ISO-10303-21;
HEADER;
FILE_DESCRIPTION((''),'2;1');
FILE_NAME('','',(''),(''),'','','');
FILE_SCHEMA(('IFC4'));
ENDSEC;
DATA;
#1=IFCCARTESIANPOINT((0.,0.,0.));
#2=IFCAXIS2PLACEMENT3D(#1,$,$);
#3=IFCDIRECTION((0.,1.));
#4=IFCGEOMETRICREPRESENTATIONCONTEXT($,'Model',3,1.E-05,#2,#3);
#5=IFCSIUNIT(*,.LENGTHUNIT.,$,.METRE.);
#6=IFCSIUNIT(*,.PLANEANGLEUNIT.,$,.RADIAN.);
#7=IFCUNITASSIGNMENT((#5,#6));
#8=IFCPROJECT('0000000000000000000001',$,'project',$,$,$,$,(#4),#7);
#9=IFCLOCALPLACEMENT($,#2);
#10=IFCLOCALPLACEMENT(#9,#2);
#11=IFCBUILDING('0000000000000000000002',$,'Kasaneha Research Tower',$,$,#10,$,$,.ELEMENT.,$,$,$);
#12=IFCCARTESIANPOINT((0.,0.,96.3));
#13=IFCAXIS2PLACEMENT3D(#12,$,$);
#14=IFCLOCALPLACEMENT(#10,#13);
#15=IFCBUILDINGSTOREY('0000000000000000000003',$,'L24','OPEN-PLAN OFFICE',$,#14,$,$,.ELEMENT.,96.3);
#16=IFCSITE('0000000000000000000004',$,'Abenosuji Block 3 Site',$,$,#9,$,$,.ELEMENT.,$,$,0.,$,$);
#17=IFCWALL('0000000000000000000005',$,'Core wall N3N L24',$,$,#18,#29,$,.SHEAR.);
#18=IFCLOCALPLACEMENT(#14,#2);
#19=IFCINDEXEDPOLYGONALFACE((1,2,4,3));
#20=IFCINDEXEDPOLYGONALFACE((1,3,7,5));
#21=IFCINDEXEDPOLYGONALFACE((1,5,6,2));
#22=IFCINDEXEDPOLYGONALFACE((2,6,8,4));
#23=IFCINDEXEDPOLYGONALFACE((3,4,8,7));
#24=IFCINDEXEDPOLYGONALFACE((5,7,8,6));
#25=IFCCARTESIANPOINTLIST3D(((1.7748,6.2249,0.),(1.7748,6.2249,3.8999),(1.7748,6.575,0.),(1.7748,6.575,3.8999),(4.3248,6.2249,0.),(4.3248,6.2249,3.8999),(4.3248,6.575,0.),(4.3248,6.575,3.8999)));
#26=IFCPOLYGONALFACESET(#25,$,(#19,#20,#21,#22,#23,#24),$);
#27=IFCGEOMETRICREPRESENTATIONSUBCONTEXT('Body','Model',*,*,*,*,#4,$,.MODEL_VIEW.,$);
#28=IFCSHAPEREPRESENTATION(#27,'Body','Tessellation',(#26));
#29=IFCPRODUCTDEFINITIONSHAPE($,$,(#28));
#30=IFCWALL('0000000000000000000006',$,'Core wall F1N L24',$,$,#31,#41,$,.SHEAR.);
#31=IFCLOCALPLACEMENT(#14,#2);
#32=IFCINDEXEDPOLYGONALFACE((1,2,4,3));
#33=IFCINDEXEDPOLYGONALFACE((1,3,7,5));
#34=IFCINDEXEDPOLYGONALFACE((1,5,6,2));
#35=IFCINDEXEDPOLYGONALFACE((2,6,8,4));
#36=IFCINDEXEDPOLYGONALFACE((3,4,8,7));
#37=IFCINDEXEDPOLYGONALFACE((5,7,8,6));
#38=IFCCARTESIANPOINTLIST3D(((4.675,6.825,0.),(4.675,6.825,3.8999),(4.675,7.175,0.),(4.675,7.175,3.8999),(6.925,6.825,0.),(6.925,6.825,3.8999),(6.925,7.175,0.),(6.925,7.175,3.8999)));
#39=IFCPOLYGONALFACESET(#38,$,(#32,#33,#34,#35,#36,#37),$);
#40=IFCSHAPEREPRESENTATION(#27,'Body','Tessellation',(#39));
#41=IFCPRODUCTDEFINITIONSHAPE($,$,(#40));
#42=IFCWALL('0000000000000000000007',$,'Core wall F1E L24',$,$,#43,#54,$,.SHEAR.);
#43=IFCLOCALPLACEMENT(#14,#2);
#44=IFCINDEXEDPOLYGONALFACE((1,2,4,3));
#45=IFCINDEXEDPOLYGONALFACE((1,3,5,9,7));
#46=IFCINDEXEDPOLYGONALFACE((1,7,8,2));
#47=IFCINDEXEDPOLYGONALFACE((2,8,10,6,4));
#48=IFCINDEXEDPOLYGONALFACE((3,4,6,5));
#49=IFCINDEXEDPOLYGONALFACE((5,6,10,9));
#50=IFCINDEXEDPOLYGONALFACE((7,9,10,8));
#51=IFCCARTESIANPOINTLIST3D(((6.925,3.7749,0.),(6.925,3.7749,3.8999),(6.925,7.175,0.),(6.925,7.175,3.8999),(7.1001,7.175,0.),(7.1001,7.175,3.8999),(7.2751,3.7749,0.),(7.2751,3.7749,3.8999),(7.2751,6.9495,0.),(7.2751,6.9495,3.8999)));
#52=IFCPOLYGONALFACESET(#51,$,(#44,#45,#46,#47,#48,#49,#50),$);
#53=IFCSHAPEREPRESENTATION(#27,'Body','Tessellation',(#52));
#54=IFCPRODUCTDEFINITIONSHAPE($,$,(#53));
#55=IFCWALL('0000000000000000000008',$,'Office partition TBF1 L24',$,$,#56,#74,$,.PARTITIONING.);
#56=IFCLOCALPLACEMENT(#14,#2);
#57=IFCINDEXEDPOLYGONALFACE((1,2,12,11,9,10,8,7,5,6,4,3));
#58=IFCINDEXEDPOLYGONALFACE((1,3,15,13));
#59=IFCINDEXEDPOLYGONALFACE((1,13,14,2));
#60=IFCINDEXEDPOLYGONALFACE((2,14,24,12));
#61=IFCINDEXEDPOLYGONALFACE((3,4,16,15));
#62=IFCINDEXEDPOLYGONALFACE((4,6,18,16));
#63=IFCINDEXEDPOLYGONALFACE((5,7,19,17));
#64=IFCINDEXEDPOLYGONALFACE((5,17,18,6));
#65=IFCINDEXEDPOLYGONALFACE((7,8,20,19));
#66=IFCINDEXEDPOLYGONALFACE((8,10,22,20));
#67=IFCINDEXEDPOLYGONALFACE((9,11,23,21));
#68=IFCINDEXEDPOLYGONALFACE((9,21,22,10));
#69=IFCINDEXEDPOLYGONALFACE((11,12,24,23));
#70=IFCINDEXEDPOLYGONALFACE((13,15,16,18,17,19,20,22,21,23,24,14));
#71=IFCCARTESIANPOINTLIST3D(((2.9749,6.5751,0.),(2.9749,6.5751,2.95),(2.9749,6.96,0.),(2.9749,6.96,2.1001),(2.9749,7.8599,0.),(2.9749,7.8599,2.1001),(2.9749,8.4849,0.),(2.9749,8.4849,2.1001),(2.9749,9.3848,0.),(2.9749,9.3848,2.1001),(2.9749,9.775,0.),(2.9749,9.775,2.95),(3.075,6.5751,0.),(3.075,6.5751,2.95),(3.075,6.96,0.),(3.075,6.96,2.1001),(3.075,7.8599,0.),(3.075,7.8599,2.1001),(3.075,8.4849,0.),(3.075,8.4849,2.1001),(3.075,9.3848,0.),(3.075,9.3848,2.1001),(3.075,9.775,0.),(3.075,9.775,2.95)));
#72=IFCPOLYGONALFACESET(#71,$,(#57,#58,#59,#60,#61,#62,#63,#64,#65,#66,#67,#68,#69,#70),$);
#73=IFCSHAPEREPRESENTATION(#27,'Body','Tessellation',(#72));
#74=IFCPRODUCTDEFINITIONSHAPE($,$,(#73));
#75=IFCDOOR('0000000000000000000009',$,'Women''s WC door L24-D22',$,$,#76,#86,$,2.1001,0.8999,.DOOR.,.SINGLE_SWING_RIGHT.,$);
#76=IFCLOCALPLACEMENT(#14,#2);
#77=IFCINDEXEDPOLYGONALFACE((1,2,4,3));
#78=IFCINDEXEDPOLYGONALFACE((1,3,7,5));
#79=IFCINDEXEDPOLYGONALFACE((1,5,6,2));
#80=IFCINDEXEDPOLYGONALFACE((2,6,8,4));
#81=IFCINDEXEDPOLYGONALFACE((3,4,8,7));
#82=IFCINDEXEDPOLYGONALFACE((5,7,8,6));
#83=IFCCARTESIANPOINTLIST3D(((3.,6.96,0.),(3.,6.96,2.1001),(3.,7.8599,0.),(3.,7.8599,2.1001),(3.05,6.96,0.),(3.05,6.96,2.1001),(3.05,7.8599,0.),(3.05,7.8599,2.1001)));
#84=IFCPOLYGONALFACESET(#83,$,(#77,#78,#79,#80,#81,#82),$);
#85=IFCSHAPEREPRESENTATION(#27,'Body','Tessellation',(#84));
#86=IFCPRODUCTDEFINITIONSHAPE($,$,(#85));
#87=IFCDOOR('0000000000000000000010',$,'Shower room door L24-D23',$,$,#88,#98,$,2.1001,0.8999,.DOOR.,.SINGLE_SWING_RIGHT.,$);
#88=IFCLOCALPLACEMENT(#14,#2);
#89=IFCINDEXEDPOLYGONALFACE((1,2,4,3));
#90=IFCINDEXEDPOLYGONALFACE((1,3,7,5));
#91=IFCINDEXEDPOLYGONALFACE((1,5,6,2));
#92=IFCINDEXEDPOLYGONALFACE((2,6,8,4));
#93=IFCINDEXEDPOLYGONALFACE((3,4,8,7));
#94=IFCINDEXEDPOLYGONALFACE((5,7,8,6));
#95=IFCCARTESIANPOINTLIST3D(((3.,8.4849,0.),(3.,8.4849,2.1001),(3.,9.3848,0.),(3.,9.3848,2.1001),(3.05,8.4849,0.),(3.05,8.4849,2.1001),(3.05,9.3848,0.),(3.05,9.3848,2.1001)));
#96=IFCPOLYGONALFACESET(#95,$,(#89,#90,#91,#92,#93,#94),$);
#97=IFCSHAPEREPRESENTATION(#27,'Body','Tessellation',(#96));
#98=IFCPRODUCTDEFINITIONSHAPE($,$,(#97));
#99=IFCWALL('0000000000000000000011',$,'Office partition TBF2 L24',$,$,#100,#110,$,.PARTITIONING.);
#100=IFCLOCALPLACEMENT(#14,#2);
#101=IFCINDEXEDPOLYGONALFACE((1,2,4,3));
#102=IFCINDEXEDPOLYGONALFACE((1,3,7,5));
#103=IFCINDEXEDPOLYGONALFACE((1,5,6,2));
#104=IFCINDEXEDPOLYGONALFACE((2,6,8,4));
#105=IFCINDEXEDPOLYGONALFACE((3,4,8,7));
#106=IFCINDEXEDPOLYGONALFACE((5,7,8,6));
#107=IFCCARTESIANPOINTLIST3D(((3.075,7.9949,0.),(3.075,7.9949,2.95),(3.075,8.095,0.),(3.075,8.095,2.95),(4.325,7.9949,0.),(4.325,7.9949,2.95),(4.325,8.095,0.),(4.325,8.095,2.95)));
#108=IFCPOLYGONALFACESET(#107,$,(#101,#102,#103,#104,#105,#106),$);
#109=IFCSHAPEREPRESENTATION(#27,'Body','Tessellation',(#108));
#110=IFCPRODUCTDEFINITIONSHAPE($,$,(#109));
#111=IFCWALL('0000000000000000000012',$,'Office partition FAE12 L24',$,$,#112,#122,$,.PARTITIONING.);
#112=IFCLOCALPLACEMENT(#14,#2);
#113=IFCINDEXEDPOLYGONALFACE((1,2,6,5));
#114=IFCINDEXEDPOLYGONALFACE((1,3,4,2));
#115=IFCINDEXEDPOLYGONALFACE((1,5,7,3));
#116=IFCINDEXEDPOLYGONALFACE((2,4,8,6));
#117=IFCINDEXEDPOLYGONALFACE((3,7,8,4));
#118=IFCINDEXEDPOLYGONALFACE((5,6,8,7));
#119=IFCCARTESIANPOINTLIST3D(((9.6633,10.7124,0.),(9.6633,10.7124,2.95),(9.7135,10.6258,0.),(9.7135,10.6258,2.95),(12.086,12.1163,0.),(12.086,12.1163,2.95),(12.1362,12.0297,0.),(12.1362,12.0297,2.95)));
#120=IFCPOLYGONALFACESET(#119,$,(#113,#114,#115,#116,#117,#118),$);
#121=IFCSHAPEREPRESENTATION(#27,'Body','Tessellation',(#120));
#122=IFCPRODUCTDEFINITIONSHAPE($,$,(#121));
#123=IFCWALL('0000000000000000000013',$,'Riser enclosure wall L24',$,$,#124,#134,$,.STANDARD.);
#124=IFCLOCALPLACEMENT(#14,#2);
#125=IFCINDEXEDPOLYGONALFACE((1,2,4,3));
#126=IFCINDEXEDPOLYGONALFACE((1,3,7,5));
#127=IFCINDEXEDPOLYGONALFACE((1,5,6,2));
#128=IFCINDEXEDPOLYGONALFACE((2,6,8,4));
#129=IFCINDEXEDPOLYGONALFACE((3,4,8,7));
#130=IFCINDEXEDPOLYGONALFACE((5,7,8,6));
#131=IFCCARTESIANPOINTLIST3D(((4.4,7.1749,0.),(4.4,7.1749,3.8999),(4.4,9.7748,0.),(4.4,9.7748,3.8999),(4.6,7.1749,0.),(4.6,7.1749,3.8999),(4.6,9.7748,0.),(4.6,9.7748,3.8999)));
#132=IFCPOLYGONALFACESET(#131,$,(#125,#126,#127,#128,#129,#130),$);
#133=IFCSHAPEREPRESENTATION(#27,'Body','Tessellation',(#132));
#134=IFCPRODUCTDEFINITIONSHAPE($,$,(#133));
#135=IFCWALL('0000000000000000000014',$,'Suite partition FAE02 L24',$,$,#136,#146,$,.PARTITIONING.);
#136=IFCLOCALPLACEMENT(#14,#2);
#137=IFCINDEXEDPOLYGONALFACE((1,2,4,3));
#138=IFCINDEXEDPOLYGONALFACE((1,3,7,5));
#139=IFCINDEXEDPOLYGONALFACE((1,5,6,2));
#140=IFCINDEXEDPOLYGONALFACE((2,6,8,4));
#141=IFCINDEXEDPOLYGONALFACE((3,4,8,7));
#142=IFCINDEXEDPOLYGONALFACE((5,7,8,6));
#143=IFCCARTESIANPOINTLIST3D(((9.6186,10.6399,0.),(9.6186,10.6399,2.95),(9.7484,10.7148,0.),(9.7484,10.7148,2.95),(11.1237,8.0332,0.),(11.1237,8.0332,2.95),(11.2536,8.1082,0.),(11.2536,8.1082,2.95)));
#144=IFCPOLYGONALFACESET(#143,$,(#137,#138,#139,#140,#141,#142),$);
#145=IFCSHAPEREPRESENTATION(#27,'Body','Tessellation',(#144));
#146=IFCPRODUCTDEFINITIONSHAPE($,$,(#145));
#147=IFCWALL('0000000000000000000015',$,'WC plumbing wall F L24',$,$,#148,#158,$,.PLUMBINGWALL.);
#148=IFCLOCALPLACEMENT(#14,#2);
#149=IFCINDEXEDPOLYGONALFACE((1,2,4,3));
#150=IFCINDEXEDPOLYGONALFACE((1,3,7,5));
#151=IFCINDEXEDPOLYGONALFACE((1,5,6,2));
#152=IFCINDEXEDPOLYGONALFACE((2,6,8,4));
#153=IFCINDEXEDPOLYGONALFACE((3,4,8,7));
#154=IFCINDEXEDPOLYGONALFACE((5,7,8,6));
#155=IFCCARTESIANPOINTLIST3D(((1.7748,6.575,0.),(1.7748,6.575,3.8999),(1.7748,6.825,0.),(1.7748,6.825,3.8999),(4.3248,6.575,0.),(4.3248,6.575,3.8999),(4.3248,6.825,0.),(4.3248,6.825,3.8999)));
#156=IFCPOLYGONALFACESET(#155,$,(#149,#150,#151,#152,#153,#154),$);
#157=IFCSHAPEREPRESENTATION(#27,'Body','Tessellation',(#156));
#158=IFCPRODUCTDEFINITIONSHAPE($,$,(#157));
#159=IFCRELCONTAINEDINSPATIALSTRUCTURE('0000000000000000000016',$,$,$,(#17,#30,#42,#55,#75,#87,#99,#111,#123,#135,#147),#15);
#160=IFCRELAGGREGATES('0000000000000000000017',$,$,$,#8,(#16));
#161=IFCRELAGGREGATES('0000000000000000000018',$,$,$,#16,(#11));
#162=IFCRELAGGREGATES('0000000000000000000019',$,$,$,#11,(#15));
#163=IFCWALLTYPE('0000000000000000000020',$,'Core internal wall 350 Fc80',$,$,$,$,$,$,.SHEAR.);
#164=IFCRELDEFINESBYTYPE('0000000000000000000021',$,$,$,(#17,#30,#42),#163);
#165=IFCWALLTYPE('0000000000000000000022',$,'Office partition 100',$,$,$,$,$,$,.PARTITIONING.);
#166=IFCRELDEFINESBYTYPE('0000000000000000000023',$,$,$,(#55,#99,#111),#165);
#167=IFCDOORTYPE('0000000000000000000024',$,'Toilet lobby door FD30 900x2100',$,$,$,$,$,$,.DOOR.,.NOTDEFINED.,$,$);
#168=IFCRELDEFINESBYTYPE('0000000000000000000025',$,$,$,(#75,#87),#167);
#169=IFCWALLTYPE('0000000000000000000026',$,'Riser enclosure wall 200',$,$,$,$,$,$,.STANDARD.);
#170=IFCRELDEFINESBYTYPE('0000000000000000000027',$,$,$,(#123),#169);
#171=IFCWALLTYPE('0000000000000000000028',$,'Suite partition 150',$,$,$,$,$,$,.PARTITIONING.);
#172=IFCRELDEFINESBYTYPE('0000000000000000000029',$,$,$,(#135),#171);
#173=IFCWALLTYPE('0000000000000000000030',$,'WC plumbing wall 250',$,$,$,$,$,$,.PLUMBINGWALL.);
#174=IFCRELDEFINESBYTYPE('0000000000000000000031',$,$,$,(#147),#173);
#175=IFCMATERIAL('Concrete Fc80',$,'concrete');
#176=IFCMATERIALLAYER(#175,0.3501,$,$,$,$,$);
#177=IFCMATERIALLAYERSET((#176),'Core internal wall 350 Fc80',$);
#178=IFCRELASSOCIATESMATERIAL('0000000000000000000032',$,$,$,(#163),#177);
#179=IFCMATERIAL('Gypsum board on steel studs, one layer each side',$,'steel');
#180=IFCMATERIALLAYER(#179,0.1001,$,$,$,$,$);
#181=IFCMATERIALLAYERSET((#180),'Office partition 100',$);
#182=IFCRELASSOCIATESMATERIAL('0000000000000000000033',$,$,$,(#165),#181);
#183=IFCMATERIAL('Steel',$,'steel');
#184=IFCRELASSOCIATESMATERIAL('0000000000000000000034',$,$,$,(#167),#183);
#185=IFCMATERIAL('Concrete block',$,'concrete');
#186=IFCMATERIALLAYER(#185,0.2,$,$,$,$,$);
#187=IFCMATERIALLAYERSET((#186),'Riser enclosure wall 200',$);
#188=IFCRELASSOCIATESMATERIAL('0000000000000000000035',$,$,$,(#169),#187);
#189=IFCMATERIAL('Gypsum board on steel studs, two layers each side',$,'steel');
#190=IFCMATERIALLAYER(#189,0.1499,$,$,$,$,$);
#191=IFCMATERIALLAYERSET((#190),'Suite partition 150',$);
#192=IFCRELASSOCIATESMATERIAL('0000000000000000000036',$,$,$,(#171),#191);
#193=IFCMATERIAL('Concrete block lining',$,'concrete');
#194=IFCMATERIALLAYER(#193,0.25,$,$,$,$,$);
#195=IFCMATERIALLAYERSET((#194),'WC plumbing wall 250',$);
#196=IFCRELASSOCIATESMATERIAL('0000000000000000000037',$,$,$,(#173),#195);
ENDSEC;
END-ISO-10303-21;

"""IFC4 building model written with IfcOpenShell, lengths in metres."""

from ifc_helpers import new_model, si_unit, direction, frame, frame_2d, origin, place, context, subcontext, project, spatial, polyline, rectangle, outline, extrude, material, layer, layer_set, type_object, element, fill, save


model = new_model("IFC4")

# Units and contexts
model_context = context("Model", 3, precision=1e-05, world=origin(), true_north=direction((0.0, 1.0)))
body_context = subcontext(model_context, "Body", "Model", "MODEL_VIEW")
ifc_project = project(units=[si_unit("LENGTHUNIT", "METRE"), si_unit("PLANEANGLEUNIT", "RADIAN")], contexts=[model_context])

# Site, building, storey
site_placement = place(None, origin())
site = spatial("IfcSite", under=ifc_project, at=site_placement, Name="Abenosuji Block 3 Site", CompositionType="ELEMENT", RefElevation=0.0)
building_placement = place(site_placement, origin())
building = spatial("IfcBuilding", under=site, at=building_placement, Name="Kasaneha Research Tower", CompositionType="ELEMENT")
storey_placement = place(building_placement, frame((0.0, 0.0, 96.3)))
storey = spatial("IfcBuildingStorey", under=building, at=storey_placement, Name="L24", Description="OPEN-PLAN OFFICE", CompositionType="ELEMENT", Elevation=96.3)

# Shared definitions
ifc_material_1 = material(Name="Concrete Fc80", Category="concrete")
ifc_layer_1 = layer(ifc_material_1, 0.3501)
ifc_layer_set_1 = layer_set([ifc_layer_1], Name="Core internal wall 350 Fc80")
wall_type_1 = type_object("IfcWallType", Name="Core internal wall 350 Fc80", PredefinedType="SHEAR", material=ifc_layer_set_1)

# Walls
wall_1_placement = place(storey_placement, frame((1.7749, 6.3999, 0.0), z_axis=(0.0, 0.0, 1.0), x_axis=(1.0, 0.0, 0.0)))
element("IfcWall", 1, at=wall_1_placement, inside=storey, type_object=wall_type_1, Name="Core wall N3N L24", PredefinedType="SHEAR", context=body_context, shape_type="SweptSolid", body=[
    extrude(rectangle(XDim=2.55, YDim=0.3501, at=frame_2d((1.2749, 0.0))), origin(), (0.0, 0.0, 1.0), 3.8999),
])
wall_2_placement = place(storey_placement, frame((4.675, 7.0, 0.0), z_axis=(0.0, 0.0, 1.0), x_axis=(1.0, 0.0, 0.0)))
element("IfcWall", 2, at=wall_2_placement, inside=storey, type_object=wall_type_1, Name="Core wall F1N L24", PredefinedType="SHEAR", context=body_context, shape_type="SweptSolid", body=[
    extrude(rectangle(XDim=2.25, YDim=0.3501, at=frame_2d((1.125, 0.0))), origin(), (0.0, 0.0, 1.0), 3.8999),
])
wall_3_placement = place(storey_placement, frame((7.1001, 3.7749, 0.0), z_axis=(0.0, 0.0, 1.0), x_axis=(0.0, 1.0, 0.0)))
element("IfcWall", 3, at=wall_3_placement, inside=storey, type_object=wall_type_1, Name="Core wall F1E L24", PredefinedType="SHEAR", context=body_context, shape_type="SweptSolid", body=[
    extrude(outline(polyline([(0.0, -0.175), (3.1746, -0.175), (3.4001, 0.0), (3.4001, 0.175), (0.0, 0.175), (0.0, -0.175)])), origin(), (0.0, 0.0, 1.0), 3.8999),
])

# Wall, openings, doors
ifc_material_2 = material(Name="Gypsum board on steel studs, one layer each side", Category="steel")
ifc_layer_2 = layer(ifc_material_2, 0.1001)
ifc_layer_set_2 = layer_set([ifc_layer_2], Name="Office partition 100")
wall_type_2 = type_object("IfcWallType", Name="Office partition 100", PredefinedType="PARTITIONING", material=ifc_layer_set_2)
wall_4_placement = place(storey_placement, frame((3.0249, 6.575, 0.0), z_axis=(0.0, 0.0, 1.0), x_axis=(0.0, 1.0, 0.0)))
wall_4 = element("IfcWall", 4, at=wall_4_placement, inside=storey, type_object=wall_type_2, Name="Office partition TBF1 L24", PredefinedType="PARTITIONING", context=body_context, shape_type="SweptSolid", body=[
    extrude(rectangle(XDim=3.2, YDim=0.1001, at=frame_2d((1.6001, 0.0))), origin(), (0.0, 0.0, 1.0), 2.95),
])
opening_1_placement = place(wall_4_placement, frame((0.385, 0.0, 0.0)))
opening_1 = element("IfcOpeningElement", 5, at=opening_1_placement, cuts=wall_4, PredefinedType="OPENING", context=body_context, shape_type="SweptSolid", body=[
    extrude(rectangle(XDim=0.8999, YDim=2.1001, at=frame_2d((0.45, 1.05))), frame((0.0, 0.0601, 0.0), z_axis=(0.0, -1.0, 0.0), x_axis=(1.0, 0.0, 0.0)), (0.0, 0.0, 1.0), 0.1201),
])
opening_2_placement = place(wall_4_placement, frame((1.9099, 0.0, 0.0)))
opening_2 = element("IfcOpeningElement", 6, at=opening_2_placement, cuts=wall_4, PredefinedType="OPENING", context=body_context, shape_type="SweptSolid", body=[
    extrude(rectangle(XDim=0.8999, YDim=2.1001, at=frame_2d((0.45, 1.05))), frame((0.0, 0.0601, 0.0), z_axis=(0.0, -1.0, 0.0), x_axis=(1.0, 0.0, 0.0)), (0.0, 0.0, 1.0), 0.1201),
])
ifc_material_3 = material(Name="Steel", Category="steel")
door_type_1 = type_object("IfcDoorType", Name="Toilet lobby door FD30 900x2100", OperationType="NOTDEFINED", PredefinedType="DOOR", material=ifc_material_3)
door_1_placement = place(opening_1_placement, origin())
door_1 = element("IfcDoor", 7, at=door_1_placement, inside=storey, type_object=door_type_1, Name="Women's WC door L24-D22", OperationType="SINGLE_SWING_RIGHT", OverallHeight=2.1001, OverallWidth=0.8999, PredefinedType="DOOR", context=body_context, shape_type="SweptSolid", body=[
    extrude(rectangle(XDim=0.8999, YDim=2.1001, at=frame_2d((0.45, 1.05))), frame((0.0, 0.0249, 0.0), z_axis=(0.0, -1.0, 0.0), x_axis=(1.0, 0.0, 0.0)), (0.0, 0.0, 1.0), 0.05),
])
fill(opening_1, door_1)
door_2_placement = place(opening_2_placement, origin())
door_2 = element("IfcDoor", 8, at=door_2_placement, inside=storey, type_object=door_type_1, Name="Shower room door L24-D23", OperationType="SINGLE_SWING_RIGHT", OverallHeight=2.1001, OverallWidth=0.8999, PredefinedType="DOOR", context=body_context, shape_type="SweptSolid", body=[
    extrude(rectangle(XDim=0.8999, YDim=2.1001, at=frame_2d((0.45, 1.05))), frame((0.0, 0.0249, 0.0), z_axis=(0.0, -1.0, 0.0), x_axis=(1.0, 0.0, 0.0)), (0.0, 0.0, 1.0), 0.05),
])
fill(opening_2, door_2)

# Walls
wall_5_placement = place(storey_placement, frame((3.075, 8.0449, 0.0), z_axis=(0.0, 0.0, 1.0), x_axis=(1.0, 0.0, 0.0)))
element("IfcWall", 9, at=wall_5_placement, inside=storey, type_object=wall_type_2, Name="Office partition TBF2 L24", PredefinedType="PARTITIONING", context=body_context, shape_type="SweptSolid", body=[
    extrude(rectangle(XDim=1.25, YDim=0.1001, at=frame_2d((0.625, 0.0))), origin(), (0.0, 0.0, 1.0), 2.95),
])
wall_6_placement = place(storey_placement, frame((9.6885, 10.6692, 0.0), z_axis=(0.0, 0.0, 1.0), x_axis=(0.865233, 0.50137, 0.0)))
element("IfcWall", 10, at=wall_6_placement, inside=storey, type_object=wall_type_2, Name="Office partition FAE12 L24", PredefinedType="PARTITIONING", context=body_context, shape_type="SweptSolid", body=[
    extrude(rectangle(XDim=2.8, YDim=0.1001, at=frame_2d((1.3999, 0.0))), origin(), (0.0, 0.0, 1.0), 2.95),
])
ifc_material_4 = material(Name="Concrete block", Category="concrete")
ifc_layer_3 = layer(ifc_material_4, 0.2)
ifc_layer_set_3 = layer_set([ifc_layer_3], Name="Riser enclosure wall 200")
wall_type_3 = type_object("IfcWallType", Name="Riser enclosure wall 200", PredefinedType="STANDARD", material=ifc_layer_set_3)
wall_7_placement = place(storey_placement, frame((4.5, 7.175, 0.0), z_axis=(0.0, 0.0, 1.0), x_axis=(0.0, 1.0, 0.0)))
element("IfcWall", 11, at=wall_7_placement, inside=storey, type_object=wall_type_3, Name="Riser enclosure wall L24", PredefinedType="STANDARD", context=body_context, shape_type="SweptSolid", body=[
    extrude(rectangle(XDim=2.5999, YDim=0.2, at=frame_2d((1.2998, 0.0))), origin(), (0.0, 0.0, 1.0), 3.8999),
])
ifc_material_5 = material(Name="Gypsum board on steel studs, two layers each side", Category="steel")
ifc_layer_4 = layer(ifc_material_5, 0.1499)
ifc_layer_set_4 = layer_set([ifc_layer_4], Name="Suite partition 150")
wall_type_4 = type_object("IfcWallType", Name="Suite partition 150", PredefinedType="PARTITIONING", material=ifc_layer_set_4)
wall_8_placement = place(storey_placement, frame((9.6836, 10.6772, 0.0), z_axis=(0.0, 0.0, 1.0), x_axis=(0.500038, -0.866003, 0.0)))
element("IfcWall", 12, at=wall_8_placement, inside=storey, type_object=wall_type_4, Name="Suite partition FAE02 L24", PredefinedType="PARTITIONING", context=body_context, shape_type="SweptSolid", body=[
    extrude(rectangle(XDim=3.01, YDim=0.1499, at=frame_2d((1.5049, 0.0))), origin(), (0.0, 0.0, 1.0), 2.95),
])
ifc_material_6 = material(Name="Concrete block lining", Category="concrete")
ifc_layer_5 = layer(ifc_material_6, 0.25)
ifc_layer_set_5 = layer_set([ifc_layer_5], Name="WC plumbing wall 250")
wall_type_5 = type_object("IfcWallType", Name="WC plumbing wall 250", PredefinedType="PLUMBINGWALL", material=ifc_layer_set_5)
wall_9_placement = place(storey_placement, frame((1.7749, 6.7, 0.0), z_axis=(0.0, 0.0, 1.0), x_axis=(1.0, 0.0, 0.0)))
element("IfcWall", 13, at=wall_9_placement, inside=storey, type_object=wall_type_5, Name="WC plumbing wall F L24", PredefinedType="PLUMBINGWALL", context=body_context, shape_type="SweptSolid", body=[
    extrude(rectangle(XDim=2.55, YDim=0.25, at=frame_2d((1.2749, 0.0))), origin(), (0.0, 0.0, 1.0), 3.8999),
])

save(model, "model.ifc")
